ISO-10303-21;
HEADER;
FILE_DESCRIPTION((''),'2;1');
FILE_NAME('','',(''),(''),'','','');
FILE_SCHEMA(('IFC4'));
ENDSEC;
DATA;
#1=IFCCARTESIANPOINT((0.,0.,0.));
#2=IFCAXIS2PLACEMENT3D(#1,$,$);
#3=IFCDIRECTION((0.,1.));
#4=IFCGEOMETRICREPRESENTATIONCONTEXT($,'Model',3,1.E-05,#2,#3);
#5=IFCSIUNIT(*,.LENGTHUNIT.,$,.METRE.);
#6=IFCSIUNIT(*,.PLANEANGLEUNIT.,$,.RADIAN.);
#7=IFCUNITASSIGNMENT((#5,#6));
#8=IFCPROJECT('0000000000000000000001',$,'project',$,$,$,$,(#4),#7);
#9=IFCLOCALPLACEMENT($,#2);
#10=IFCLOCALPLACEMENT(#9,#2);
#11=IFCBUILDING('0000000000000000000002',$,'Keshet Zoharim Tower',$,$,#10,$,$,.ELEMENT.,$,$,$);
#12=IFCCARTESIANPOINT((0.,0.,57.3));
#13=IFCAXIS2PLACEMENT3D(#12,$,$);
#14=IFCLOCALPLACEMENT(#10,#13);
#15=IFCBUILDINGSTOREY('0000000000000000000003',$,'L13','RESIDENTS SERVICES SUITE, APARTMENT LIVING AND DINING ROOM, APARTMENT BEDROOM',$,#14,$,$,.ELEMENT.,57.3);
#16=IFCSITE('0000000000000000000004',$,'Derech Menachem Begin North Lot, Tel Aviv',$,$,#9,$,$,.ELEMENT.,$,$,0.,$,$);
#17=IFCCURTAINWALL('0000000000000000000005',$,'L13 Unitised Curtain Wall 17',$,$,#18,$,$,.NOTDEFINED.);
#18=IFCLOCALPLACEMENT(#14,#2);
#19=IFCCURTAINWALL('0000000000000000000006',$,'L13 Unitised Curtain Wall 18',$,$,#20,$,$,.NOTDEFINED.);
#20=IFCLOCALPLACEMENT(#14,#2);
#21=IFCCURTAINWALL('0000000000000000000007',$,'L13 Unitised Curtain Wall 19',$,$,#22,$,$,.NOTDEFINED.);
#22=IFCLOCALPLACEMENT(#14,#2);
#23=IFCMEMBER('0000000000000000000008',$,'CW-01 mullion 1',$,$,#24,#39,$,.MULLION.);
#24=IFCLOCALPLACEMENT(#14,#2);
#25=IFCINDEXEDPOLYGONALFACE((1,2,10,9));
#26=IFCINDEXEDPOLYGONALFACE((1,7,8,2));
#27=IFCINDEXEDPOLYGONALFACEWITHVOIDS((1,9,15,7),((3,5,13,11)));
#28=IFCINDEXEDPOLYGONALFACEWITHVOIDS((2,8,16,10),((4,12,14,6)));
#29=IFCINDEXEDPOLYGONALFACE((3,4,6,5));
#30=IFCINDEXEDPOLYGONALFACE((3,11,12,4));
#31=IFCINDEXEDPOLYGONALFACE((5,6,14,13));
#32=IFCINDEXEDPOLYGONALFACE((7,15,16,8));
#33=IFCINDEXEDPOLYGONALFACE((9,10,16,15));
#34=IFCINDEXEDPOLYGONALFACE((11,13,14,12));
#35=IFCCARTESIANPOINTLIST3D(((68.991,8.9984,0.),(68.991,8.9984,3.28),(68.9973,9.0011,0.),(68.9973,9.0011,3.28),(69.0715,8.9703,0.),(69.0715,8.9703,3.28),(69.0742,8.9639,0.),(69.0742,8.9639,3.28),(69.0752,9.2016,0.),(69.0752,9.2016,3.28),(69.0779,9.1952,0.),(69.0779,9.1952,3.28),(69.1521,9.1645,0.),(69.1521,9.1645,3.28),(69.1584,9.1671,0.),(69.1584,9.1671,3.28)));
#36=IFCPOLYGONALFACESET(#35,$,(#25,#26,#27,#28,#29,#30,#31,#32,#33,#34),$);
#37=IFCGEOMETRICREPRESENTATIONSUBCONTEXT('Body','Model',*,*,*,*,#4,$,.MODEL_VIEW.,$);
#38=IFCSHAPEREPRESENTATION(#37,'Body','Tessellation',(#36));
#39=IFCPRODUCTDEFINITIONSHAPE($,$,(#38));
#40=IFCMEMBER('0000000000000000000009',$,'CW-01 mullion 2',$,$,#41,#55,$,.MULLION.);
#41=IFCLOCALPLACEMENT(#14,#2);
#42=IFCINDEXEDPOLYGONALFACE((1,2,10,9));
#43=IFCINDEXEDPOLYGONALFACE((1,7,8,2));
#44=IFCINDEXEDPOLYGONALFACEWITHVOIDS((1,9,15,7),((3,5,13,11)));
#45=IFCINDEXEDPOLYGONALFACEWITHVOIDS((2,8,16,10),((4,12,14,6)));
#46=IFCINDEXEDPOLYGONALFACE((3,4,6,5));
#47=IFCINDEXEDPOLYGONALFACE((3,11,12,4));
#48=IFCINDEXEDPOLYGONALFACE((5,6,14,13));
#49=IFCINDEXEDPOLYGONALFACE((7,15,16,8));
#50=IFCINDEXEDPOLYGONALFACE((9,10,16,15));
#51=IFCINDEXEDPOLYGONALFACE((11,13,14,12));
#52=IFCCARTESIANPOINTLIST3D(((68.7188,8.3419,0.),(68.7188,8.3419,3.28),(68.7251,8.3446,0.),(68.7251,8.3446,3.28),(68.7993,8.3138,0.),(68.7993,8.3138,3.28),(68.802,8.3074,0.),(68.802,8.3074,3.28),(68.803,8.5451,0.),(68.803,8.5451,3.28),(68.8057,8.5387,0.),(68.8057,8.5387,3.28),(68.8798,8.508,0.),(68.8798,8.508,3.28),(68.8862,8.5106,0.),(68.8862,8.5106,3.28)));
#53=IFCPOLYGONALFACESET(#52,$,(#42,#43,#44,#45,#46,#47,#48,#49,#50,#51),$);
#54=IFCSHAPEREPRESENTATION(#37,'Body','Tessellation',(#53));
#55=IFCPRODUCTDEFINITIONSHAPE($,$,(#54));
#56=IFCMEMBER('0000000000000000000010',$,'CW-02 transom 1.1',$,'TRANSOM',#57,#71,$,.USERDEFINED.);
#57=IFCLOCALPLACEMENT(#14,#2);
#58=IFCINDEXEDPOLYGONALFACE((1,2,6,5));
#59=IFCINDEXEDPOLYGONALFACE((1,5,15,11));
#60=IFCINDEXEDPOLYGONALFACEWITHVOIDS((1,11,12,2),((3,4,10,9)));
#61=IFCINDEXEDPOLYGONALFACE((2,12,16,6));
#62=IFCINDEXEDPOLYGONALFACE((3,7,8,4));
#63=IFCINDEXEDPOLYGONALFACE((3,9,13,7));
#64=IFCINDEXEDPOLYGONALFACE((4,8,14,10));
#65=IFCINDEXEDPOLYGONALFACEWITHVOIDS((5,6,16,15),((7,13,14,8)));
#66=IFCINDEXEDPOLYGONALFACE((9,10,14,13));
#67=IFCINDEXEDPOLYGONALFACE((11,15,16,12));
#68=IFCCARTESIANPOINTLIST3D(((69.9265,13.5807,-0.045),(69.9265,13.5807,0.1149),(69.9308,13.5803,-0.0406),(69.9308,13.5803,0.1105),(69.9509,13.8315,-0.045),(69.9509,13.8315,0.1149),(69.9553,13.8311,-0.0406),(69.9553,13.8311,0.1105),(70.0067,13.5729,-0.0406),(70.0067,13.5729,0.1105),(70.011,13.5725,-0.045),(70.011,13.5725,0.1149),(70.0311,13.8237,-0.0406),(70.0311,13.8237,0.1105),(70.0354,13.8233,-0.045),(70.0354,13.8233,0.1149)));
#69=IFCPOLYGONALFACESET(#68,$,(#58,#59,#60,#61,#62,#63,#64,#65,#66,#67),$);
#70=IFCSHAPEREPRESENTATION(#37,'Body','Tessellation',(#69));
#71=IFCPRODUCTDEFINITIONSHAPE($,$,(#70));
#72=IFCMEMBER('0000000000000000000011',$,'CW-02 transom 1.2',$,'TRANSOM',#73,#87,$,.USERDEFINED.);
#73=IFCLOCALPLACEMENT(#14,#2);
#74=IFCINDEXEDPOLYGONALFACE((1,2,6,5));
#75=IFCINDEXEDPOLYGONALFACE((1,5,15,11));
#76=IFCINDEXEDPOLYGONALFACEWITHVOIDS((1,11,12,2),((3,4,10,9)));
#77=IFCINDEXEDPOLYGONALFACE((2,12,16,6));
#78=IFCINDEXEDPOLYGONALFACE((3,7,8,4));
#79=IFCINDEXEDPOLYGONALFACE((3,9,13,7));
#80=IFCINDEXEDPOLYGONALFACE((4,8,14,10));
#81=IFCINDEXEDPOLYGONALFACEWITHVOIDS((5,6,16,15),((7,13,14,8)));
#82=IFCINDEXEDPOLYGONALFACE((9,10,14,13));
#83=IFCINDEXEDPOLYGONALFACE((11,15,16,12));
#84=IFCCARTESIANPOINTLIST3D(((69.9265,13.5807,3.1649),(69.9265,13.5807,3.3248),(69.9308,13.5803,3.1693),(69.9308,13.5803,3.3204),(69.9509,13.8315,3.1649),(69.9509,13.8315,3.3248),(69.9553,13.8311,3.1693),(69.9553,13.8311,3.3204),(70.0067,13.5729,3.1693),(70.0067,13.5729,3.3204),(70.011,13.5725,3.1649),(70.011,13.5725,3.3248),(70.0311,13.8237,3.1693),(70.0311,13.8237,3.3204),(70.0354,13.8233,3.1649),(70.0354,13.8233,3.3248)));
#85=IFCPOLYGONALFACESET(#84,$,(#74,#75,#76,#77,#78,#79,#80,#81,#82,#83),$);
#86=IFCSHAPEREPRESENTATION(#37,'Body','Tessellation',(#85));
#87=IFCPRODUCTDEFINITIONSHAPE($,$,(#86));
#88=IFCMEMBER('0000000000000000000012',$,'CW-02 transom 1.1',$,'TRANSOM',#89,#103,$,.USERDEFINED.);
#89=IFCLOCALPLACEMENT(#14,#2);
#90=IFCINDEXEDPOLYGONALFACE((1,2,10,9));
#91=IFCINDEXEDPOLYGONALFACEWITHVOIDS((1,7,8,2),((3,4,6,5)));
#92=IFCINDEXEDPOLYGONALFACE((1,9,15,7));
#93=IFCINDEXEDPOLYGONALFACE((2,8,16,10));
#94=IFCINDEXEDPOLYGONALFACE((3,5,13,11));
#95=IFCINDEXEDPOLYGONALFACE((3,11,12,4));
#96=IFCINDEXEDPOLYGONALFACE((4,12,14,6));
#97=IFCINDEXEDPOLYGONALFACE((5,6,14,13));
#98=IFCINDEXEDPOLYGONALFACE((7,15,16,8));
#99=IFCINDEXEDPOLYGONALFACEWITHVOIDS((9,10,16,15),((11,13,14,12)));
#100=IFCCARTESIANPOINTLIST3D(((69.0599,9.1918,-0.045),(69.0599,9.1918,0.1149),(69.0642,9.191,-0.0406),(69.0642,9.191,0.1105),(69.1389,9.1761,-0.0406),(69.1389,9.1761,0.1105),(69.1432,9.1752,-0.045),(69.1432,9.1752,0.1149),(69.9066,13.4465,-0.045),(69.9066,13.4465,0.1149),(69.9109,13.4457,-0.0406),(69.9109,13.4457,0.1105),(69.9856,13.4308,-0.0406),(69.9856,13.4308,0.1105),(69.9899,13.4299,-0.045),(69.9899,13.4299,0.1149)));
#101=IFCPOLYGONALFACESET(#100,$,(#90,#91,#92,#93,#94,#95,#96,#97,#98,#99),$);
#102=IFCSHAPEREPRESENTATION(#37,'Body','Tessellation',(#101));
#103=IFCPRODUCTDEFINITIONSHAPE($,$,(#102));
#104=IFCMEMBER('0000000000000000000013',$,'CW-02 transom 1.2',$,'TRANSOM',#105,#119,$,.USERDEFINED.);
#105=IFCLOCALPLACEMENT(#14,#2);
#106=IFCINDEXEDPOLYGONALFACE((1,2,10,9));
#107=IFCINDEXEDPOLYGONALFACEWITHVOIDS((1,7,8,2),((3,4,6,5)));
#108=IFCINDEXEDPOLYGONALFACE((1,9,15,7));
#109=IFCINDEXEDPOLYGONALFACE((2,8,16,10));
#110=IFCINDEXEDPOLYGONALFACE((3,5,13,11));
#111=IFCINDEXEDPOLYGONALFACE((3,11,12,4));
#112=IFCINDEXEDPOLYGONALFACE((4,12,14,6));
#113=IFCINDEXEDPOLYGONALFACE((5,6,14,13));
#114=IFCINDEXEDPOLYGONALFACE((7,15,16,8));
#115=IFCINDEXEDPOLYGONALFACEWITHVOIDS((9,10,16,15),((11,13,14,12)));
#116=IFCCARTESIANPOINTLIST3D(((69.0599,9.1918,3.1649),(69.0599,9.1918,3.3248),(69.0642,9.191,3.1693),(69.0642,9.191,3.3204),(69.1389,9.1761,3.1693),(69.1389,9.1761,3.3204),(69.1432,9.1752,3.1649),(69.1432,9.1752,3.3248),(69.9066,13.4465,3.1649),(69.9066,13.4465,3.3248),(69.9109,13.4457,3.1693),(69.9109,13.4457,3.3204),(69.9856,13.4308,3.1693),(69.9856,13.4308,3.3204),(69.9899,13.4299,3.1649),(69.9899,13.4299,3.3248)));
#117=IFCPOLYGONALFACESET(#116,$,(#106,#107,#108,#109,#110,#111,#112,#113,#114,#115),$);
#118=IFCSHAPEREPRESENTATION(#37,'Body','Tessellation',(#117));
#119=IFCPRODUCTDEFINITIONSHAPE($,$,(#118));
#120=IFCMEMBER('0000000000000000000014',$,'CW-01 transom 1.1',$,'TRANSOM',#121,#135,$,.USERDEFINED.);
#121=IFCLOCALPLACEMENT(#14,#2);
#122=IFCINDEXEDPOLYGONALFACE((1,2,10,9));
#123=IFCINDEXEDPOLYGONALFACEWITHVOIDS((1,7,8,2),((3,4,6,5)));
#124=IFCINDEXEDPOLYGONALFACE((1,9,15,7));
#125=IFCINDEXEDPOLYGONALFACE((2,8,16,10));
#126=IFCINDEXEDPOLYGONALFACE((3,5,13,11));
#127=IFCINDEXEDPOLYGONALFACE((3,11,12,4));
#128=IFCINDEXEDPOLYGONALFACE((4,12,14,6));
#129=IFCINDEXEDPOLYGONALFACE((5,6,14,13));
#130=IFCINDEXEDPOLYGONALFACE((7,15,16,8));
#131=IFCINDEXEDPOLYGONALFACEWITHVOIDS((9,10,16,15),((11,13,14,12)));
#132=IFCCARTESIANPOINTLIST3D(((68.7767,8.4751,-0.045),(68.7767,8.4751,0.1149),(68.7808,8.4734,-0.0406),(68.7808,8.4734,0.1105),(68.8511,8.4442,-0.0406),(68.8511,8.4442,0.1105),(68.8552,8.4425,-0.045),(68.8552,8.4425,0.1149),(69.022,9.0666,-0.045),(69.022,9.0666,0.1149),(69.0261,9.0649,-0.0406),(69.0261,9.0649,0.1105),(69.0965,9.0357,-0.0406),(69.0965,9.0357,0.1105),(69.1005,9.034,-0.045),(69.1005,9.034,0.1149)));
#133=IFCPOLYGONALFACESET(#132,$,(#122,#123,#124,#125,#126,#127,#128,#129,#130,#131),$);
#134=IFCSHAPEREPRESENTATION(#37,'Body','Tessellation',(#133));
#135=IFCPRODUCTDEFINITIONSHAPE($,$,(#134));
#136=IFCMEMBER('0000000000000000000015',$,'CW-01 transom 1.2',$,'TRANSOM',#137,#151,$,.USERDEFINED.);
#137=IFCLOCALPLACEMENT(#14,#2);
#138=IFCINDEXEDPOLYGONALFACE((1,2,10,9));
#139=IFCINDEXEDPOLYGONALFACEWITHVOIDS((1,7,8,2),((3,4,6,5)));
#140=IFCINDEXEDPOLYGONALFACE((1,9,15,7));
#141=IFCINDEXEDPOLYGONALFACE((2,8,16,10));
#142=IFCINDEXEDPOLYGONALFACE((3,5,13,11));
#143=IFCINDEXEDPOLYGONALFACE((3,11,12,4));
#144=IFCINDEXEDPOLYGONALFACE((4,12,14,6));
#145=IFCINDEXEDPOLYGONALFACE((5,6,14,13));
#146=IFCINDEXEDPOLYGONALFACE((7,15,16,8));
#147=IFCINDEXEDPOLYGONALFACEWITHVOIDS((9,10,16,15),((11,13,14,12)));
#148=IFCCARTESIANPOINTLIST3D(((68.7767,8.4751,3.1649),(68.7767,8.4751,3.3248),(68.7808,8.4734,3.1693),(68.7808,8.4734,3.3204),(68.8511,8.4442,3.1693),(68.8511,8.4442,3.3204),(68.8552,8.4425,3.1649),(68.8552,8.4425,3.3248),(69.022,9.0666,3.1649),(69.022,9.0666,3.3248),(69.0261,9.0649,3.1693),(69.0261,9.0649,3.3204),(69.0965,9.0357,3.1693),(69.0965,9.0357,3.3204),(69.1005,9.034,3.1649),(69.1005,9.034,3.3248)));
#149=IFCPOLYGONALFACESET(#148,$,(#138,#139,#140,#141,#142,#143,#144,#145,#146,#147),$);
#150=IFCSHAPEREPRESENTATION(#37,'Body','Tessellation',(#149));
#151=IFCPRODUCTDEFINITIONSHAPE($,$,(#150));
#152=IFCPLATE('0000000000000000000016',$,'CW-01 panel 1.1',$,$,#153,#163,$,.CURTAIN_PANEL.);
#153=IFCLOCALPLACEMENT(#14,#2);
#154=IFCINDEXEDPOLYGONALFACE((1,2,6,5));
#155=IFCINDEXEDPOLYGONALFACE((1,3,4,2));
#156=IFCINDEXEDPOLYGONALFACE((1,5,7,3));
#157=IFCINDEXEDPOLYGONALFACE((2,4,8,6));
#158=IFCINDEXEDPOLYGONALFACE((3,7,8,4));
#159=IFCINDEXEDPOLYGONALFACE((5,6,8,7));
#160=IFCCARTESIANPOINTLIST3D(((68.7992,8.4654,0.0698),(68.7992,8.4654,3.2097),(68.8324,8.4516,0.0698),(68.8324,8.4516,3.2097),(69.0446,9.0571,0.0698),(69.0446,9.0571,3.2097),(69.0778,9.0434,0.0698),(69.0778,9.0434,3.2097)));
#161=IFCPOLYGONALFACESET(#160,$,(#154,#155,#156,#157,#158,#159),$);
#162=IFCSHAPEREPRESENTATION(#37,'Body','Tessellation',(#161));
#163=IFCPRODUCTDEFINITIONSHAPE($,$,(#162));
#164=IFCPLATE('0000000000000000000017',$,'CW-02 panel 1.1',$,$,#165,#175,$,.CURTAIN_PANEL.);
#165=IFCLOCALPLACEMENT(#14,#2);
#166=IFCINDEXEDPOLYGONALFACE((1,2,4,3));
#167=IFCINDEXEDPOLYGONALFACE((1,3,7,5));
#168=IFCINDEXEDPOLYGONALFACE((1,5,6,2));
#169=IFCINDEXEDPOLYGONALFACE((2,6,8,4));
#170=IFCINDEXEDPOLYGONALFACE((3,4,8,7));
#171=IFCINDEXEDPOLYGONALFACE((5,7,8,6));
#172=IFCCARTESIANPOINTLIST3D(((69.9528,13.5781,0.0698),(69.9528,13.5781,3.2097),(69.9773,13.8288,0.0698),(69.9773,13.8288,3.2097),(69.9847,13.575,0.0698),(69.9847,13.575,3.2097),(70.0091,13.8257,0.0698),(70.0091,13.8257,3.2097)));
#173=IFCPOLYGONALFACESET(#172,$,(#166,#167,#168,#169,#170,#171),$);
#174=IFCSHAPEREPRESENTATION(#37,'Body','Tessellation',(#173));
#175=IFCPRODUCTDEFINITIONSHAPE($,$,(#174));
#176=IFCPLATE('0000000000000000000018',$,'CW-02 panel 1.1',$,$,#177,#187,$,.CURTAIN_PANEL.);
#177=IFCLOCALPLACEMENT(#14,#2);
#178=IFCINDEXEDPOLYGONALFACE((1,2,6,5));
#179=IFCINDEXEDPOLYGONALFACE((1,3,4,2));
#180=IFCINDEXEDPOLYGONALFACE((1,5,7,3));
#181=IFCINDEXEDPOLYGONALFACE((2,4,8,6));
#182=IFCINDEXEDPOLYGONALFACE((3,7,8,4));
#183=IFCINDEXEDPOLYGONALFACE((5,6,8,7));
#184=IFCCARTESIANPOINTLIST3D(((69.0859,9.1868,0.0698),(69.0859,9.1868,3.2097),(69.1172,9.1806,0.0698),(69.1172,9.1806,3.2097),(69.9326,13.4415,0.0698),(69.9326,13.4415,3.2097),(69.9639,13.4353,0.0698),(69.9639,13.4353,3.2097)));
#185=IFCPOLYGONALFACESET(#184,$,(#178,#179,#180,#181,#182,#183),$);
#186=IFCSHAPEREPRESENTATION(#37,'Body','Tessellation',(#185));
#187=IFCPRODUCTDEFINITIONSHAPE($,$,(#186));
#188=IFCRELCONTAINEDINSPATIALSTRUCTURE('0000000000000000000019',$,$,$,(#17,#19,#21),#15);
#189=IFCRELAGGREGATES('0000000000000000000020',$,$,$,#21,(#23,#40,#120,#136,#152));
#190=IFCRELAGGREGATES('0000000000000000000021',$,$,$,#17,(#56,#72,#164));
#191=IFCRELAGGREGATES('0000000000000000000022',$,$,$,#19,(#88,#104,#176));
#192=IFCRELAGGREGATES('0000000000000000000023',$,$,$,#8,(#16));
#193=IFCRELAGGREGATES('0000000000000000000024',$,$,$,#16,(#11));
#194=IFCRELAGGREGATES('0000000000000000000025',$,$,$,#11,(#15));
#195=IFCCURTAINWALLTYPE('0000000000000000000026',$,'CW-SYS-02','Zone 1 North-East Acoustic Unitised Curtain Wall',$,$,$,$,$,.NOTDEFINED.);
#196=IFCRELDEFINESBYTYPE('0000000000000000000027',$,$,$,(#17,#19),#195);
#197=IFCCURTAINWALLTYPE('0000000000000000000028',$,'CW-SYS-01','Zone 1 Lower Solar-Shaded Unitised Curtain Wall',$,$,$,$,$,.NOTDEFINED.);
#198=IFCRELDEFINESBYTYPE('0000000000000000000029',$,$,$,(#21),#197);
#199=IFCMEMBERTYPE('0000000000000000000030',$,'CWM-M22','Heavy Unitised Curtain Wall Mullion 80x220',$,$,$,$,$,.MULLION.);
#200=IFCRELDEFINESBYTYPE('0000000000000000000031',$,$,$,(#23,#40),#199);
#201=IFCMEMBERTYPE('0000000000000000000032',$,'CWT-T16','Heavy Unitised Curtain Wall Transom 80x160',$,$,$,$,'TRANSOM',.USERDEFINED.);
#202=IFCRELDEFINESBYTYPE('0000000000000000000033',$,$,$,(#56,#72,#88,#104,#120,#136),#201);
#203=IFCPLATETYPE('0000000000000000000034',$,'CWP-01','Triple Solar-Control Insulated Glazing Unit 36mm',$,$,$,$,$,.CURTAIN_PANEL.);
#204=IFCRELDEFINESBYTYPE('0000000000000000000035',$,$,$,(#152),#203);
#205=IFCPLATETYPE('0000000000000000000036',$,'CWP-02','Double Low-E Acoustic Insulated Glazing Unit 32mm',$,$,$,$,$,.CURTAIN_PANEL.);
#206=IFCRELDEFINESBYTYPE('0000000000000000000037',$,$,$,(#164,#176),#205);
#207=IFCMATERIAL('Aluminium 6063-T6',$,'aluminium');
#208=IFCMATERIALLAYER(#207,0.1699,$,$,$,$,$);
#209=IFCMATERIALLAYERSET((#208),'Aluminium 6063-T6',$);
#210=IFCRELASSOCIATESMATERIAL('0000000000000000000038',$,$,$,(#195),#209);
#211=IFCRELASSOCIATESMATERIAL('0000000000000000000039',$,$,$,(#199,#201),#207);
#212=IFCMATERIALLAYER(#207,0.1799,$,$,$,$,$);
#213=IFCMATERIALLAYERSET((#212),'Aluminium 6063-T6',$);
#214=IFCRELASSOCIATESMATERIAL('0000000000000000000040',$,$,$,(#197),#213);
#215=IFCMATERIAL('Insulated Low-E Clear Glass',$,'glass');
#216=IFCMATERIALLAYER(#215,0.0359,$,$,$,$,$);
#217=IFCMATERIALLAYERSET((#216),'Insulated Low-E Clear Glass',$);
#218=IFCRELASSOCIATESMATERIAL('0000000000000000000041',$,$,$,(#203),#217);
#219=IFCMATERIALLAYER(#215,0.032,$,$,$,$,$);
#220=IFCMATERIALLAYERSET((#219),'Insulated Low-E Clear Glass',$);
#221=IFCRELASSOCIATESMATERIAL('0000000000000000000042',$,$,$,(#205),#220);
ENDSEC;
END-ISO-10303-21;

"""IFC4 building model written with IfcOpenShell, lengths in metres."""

from ifc_helpers import new_model, si_unit, direction, frame, origin, origin_2d, place, context, subcontext, project, spatial, rectangle, hollow_rectangle, extrude, material, layer, layer_set, material_profile, profile_set, type_object, element, aggregate, save


model = new_model("IFC4")

# Units and contexts
model_context = context("Model", 3, precision=1e-05, world=origin(), true_north=direction((0.0, 1.0)))
body_context = subcontext(model_context, "Body", "Model", "MODEL_VIEW")
ifc_project = project(units=[si_unit("LENGTHUNIT", "METRE"), si_unit("PLANEANGLEUNIT", "RADIAN")], contexts=[model_context])

# Site, building, storey
site_placement = place(None, origin())
site = spatial("IfcSite", under=ifc_project, at=site_placement, Name="Derech Menachem Begin North Lot, Tel Aviv", CompositionType="ELEMENT", RefElevation=0.0)
building_placement = place(site_placement, origin())
building = spatial("IfcBuilding", under=site, at=building_placement, Name="Keshet Zoharim Tower", CompositionType="ELEMENT")
storey_placement = place(building_placement, frame((0.0, 0.0, 57.3)))
storey = spatial("IfcBuildingStorey", under=building, at=storey_placement, Name="L13", Description="RESIDENTS SERVICES SUITE, APARTMENT LIVING AND DINING ROOM, APARTMENT BEDROOM", CompositionType="ELEMENT", Elevation=57.3)

# Shared definitions
ifc_material_1 = material(Name="Aluminium 6063-T6", Category="aluminium")
ifc_layer_1 = layer(ifc_material_1, 0.1699)
ifc_layer_set_1 = layer_set([ifc_layer_1], Name="Aluminium 6063-T6")
curtain_wall_type_1 = type_object("IfcCurtainWallType", Name="CW-SYS-02", Description="Zone 1 North-East Acoustic Unitised Curtain Wall", PredefinedType="NOTDEFINED", material=ifc_layer_set_1)
ifc_material_profile_1 = material_profile(ifc_material_1, hollow_rectangle(XDim=0.0901, YDim=0.22, WallThickness=0.0049, at=origin_2d()), Name="MUL-90x220")
ifc_profile_set_1 = profile_set([ifc_material_profile_1], Name="Aluminium 6063-T6")
member_type_1 = type_object("IfcMemberType", Name="CWM-M22", Description="Heavy Unitised Curtain Wall Mullion 80x220", PredefinedType="MULLION", material=ifc_profile_set_1)

# Curtain walls, members
curtain_wall_1_placement = place(storey_placement, origin())
curtain_wall_1 = element("IfcCurtainWall", 1, at=curtain_wall_1_placement, inside=storey, type_object=curtain_wall_type_1, Name="L13 Unitised Curtain Wall 17", PredefinedType="NOTDEFINED")
curtain_wall_2_placement = place(storey_placement, origin())
curtain_wall_2 = element("IfcCurtainWall", 2, at=curtain_wall_2_placement, inside=storey, type_object=curtain_wall_type_1, Name="L13 Unitised Curtain Wall 18", PredefinedType="NOTDEFINED")
ifc_layer_2 = layer(ifc_material_1, 0.1799)
ifc_layer_set_2 = layer_set([ifc_layer_2], Name="Aluminium 6063-T6")
curtain_wall_type_2 = type_object("IfcCurtainWallType", Name="CW-SYS-01", Description="Zone 1 Lower Solar-Shaded Unitised Curtain Wall", PredefinedType="NOTDEFINED", material=ifc_layer_set_2)
curtain_wall_3_placement = place(storey_placement, origin())
curtain_wall_3 = element("IfcCurtainWall", 3, at=curtain_wall_3_placement, inside=storey, type_object=curtain_wall_type_2, Name="L13 Unitised Curtain Wall 19", PredefinedType="NOTDEFINED")
member_1_placement = place(storey_placement, frame((69.0747, 9.0828, 0.0), z_axis=(0.0, 0.0, 1.0), x_axis=(0.92372, -0.383068, 0.0)))
member_1 = element("IfcMember", 4, at=member_1_placement, type_object=member_type_1, Name="CW-01 mullion 1", PredefinedType="MULLION", context=body_context, shape_type="SweptSolid", body=[
    extrude(hollow_rectangle(XDim=0.0901, YDim=0.22, WallThickness=0.0049, at=origin_2d()), origin(), (0.0, 0.0, 1.0), 3.28),
])
member_2_placement = place(storey_placement, frame((68.8025, 8.4263, 0.0), z_axis=(0.0, 0.0, 1.0), x_axis=(0.92372, -0.383068, 0.0)))
member_2 = element("IfcMember", 5, at=member_2_placement, type_object=member_type_1, Name="CW-01 mullion 2", PredefinedType="MULLION", context=body_context, shape_type="SweptSolid", body=[
    extrude(hollow_rectangle(XDim=0.0901, YDim=0.22, WallThickness=0.0049, at=origin_2d()), origin(), (0.0, 0.0, 1.0), 3.28),
])

# Members
ifc_material_profile_2 = material_profile(ifc_material_1, hollow_rectangle(XDim=0.085, YDim=0.1599, WallThickness=0.0044, at=origin_2d()), Name="TRN-85x160")
ifc_profile_set_2 = profile_set([ifc_material_profile_2], Name="Aluminium 6063-T6")
member_type_2 = type_object("IfcMemberType", Name="CWT-T16", Description="Heavy Unitised Curtain Wall Transom 80x160", ElementType="TRANSOM", PredefinedType="USERDEFINED", material=ifc_profile_set_2)
member_3_placement = place(storey_placement, frame((69.9932, 13.8274, 0.0349), z_axis=(-0.096913, -0.995293, 0.0), x_axis=(0.995293, -0.096913, 0.0)))
member_3 = element("IfcMember", 6, at=member_3_placement, type_object=member_type_2, Name="CW-02 transom 1.1", ObjectType="TRANSOM", PredefinedType="USERDEFINED", context=body_context, shape_type="SweptSolid", body=[
    extrude(hollow_rectangle(XDim=0.085, YDim=0.1599, WallThickness=0.0044, at=origin_2d()), origin(), (0.0, 0.0, 1.0), 0.252),
])
member_4_placement = place(storey_placement, frame((69.9932, 13.8274, 3.2449), z_axis=(-0.096913, -0.995293, 0.0), x_axis=(0.995293, -0.096913, 0.0)))
member_4 = element("IfcMember", 7, at=member_4_placement, type_object=member_type_2, Name="CW-02 transom 1.2", ObjectType="TRANSOM", PredefinedType="USERDEFINED", context=body_context, shape_type="SweptSolid", body=[
    extrude(hollow_rectangle(XDim=0.085, YDim=0.1599, WallThickness=0.0044, at=origin_2d()), origin(), (0.0, 0.0, 1.0), 0.252),
])
member_5_placement = place(storey_placement, frame((69.9482, 13.4382, 0.0349), z_axis=(-0.195174, -0.980769, 0.0), x_axis=(0.980769, -0.195174, 0.0)))
member_5 = element("IfcMember", 8, at=member_5_placement, type_object=member_type_2, Name="CW-02 transom 1.1", ObjectType="TRANSOM", PredefinedType="USERDEFINED", context=body_context, shape_type="SweptSolid", body=[
    extrude(hollow_rectangle(XDim=0.085, YDim=0.1599, WallThickness=0.0044, at=origin_2d()), origin(), (0.0, 0.0, 1.0), 4.3381),
])
member_6_placement = place(storey_placement, frame((69.9482, 13.4382, 3.2449), z_axis=(-0.195174, -0.980769, 0.0), x_axis=(0.980769, -0.195174, 0.0)))
member_6 = element("IfcMember", 9, at=member_6_placement, type_object=member_type_2, Name="CW-02 transom 1.2", ObjectType="TRANSOM", PredefinedType="USERDEFINED", context=body_context, shape_type="SweptSolid", body=[
    extrude(hollow_rectangle(XDim=0.085, YDim=0.1599, WallThickness=0.0044, at=origin_2d()), origin(), (0.0, 0.0, 1.0), 4.3381),
])
member_7_placement = place(storey_placement, frame((69.0613, 9.0503, 0.0349), z_axis=(-0.383126, -0.923696, 0.0), x_axis=(0.923696, -0.383126, 0.0)))
member_7 = element("IfcMember", 10, at=member_7_placement, type_object=member_type_2, Name="CW-01 transom 1.1", ObjectType="TRANSOM", PredefinedType="USERDEFINED", context=body_context, shape_type="SweptSolid", body=[
    extrude(hollow_rectangle(XDim=0.085, YDim=0.1599, WallThickness=0.0044, at=origin_2d()), origin(), (0.0, 0.0, 1.0), 0.6404),
])
member_8_placement = place(storey_placement, frame((69.0613, 9.0503, 3.2449), z_axis=(-0.383126, -0.923696, 0.0), x_axis=(0.923696, -0.383126, 0.0)))
member_8 = element("IfcMember", 11, at=member_8_placement, type_object=member_type_2, Name="CW-01 transom 1.2", ObjectType="TRANSOM", PredefinedType="USERDEFINED", context=body_context, shape_type="SweptSolid", body=[
    extrude(hollow_rectangle(XDim=0.085, YDim=0.1599, WallThickness=0.0044, at=origin_2d()), origin(), (0.0, 0.0, 1.0), 0.6404),
])

# Plates
ifc_material_2 = material(Name="Insulated Low-E Clear Glass", Category="glass")
ifc_layer_3 = layer(ifc_material_2, 0.0359)
ifc_layer_set_3 = layer_set([ifc_layer_3], Name="Insulated Low-E Clear Glass")
plate_type_1 = type_object("IfcPlateType", Name="CWP-01", Description="Triple Solar-Control Insulated Glazing Unit 36mm", PredefinedType="CURTAIN_PANEL", material=ifc_layer_set_3)
plate_1_placement = place(storey_placement, frame((68.9385, 8.7544, 0.0698), z_axis=(0.0, 0.0, 1.0), x_axis=(-0.383068, -0.92372, 0.0)))
plate_1 = element("IfcPlate", 12, at=plate_1_placement, type_object=plate_type_1, Name="CW-01 panel 1.1", PredefinedType="CURTAIN_PANEL", context=body_context, shape_type="SweptSolid", body=[
    extrude(rectangle(XDim=0.6406, YDim=0.0359, at=origin_2d()), origin(), (0.0, 0.0, 1.0), 3.1399),
])
aggregate(curtain_wall_3, [member_1, member_2, member_7, member_8, plate_1])
ifc_layer_4 = layer(ifc_material_2, 0.032)
ifc_layer_set_4 = layer_set([ifc_layer_4], Name="Insulated Low-E Clear Glass")
plate_type_2 = type_object("IfcPlateType", Name="CWP-02", Description="Double Low-E Acoustic Insulated Glazing Unit 32mm", PredefinedType="CURTAIN_PANEL", material=ifc_layer_set_4)
plate_2_placement = place(storey_placement, frame((69.981, 13.7019, 0.0698), z_axis=(0.0, 0.0, 1.0), x_axis=(-0.096977, -0.995287, 0.0)))
plate_2 = element("IfcPlate", 13, at=plate_2_placement, type_object=plate_type_2, Name="CW-02 panel 1.1", PredefinedType="CURTAIN_PANEL", context=body_context, shape_type="SweptSolid", body=[
    extrude(rectangle(XDim=0.252, YDim=0.032, at=origin_2d()), origin(), (0.0, 0.0, 1.0), 3.1399),
])
aggregate(curtain_wall_1, [member_3, member_4, plate_2])
plate_3_placement = place(storey_placement, frame((69.5249, 11.311, 0.0698), z_axis=(0.0, 0.0, 1.0), x_axis=(-0.195171, -0.980769, 0.0)))
plate_3 = element("IfcPlate", 14, at=plate_3_placement, type_object=plate_type_2, Name="CW-02 panel 1.1", PredefinedType="CURTAIN_PANEL", context=body_context, shape_type="SweptSolid", body=[
    extrude(rectangle(XDim=4.3381, YDim=0.032, at=origin_2d()), origin(), (0.0, 0.0, 1.0), 3.1399),
])
aggregate(curtain_wall_2, [member_5, member_6, plate_3])

save(model, "model.ifc")
